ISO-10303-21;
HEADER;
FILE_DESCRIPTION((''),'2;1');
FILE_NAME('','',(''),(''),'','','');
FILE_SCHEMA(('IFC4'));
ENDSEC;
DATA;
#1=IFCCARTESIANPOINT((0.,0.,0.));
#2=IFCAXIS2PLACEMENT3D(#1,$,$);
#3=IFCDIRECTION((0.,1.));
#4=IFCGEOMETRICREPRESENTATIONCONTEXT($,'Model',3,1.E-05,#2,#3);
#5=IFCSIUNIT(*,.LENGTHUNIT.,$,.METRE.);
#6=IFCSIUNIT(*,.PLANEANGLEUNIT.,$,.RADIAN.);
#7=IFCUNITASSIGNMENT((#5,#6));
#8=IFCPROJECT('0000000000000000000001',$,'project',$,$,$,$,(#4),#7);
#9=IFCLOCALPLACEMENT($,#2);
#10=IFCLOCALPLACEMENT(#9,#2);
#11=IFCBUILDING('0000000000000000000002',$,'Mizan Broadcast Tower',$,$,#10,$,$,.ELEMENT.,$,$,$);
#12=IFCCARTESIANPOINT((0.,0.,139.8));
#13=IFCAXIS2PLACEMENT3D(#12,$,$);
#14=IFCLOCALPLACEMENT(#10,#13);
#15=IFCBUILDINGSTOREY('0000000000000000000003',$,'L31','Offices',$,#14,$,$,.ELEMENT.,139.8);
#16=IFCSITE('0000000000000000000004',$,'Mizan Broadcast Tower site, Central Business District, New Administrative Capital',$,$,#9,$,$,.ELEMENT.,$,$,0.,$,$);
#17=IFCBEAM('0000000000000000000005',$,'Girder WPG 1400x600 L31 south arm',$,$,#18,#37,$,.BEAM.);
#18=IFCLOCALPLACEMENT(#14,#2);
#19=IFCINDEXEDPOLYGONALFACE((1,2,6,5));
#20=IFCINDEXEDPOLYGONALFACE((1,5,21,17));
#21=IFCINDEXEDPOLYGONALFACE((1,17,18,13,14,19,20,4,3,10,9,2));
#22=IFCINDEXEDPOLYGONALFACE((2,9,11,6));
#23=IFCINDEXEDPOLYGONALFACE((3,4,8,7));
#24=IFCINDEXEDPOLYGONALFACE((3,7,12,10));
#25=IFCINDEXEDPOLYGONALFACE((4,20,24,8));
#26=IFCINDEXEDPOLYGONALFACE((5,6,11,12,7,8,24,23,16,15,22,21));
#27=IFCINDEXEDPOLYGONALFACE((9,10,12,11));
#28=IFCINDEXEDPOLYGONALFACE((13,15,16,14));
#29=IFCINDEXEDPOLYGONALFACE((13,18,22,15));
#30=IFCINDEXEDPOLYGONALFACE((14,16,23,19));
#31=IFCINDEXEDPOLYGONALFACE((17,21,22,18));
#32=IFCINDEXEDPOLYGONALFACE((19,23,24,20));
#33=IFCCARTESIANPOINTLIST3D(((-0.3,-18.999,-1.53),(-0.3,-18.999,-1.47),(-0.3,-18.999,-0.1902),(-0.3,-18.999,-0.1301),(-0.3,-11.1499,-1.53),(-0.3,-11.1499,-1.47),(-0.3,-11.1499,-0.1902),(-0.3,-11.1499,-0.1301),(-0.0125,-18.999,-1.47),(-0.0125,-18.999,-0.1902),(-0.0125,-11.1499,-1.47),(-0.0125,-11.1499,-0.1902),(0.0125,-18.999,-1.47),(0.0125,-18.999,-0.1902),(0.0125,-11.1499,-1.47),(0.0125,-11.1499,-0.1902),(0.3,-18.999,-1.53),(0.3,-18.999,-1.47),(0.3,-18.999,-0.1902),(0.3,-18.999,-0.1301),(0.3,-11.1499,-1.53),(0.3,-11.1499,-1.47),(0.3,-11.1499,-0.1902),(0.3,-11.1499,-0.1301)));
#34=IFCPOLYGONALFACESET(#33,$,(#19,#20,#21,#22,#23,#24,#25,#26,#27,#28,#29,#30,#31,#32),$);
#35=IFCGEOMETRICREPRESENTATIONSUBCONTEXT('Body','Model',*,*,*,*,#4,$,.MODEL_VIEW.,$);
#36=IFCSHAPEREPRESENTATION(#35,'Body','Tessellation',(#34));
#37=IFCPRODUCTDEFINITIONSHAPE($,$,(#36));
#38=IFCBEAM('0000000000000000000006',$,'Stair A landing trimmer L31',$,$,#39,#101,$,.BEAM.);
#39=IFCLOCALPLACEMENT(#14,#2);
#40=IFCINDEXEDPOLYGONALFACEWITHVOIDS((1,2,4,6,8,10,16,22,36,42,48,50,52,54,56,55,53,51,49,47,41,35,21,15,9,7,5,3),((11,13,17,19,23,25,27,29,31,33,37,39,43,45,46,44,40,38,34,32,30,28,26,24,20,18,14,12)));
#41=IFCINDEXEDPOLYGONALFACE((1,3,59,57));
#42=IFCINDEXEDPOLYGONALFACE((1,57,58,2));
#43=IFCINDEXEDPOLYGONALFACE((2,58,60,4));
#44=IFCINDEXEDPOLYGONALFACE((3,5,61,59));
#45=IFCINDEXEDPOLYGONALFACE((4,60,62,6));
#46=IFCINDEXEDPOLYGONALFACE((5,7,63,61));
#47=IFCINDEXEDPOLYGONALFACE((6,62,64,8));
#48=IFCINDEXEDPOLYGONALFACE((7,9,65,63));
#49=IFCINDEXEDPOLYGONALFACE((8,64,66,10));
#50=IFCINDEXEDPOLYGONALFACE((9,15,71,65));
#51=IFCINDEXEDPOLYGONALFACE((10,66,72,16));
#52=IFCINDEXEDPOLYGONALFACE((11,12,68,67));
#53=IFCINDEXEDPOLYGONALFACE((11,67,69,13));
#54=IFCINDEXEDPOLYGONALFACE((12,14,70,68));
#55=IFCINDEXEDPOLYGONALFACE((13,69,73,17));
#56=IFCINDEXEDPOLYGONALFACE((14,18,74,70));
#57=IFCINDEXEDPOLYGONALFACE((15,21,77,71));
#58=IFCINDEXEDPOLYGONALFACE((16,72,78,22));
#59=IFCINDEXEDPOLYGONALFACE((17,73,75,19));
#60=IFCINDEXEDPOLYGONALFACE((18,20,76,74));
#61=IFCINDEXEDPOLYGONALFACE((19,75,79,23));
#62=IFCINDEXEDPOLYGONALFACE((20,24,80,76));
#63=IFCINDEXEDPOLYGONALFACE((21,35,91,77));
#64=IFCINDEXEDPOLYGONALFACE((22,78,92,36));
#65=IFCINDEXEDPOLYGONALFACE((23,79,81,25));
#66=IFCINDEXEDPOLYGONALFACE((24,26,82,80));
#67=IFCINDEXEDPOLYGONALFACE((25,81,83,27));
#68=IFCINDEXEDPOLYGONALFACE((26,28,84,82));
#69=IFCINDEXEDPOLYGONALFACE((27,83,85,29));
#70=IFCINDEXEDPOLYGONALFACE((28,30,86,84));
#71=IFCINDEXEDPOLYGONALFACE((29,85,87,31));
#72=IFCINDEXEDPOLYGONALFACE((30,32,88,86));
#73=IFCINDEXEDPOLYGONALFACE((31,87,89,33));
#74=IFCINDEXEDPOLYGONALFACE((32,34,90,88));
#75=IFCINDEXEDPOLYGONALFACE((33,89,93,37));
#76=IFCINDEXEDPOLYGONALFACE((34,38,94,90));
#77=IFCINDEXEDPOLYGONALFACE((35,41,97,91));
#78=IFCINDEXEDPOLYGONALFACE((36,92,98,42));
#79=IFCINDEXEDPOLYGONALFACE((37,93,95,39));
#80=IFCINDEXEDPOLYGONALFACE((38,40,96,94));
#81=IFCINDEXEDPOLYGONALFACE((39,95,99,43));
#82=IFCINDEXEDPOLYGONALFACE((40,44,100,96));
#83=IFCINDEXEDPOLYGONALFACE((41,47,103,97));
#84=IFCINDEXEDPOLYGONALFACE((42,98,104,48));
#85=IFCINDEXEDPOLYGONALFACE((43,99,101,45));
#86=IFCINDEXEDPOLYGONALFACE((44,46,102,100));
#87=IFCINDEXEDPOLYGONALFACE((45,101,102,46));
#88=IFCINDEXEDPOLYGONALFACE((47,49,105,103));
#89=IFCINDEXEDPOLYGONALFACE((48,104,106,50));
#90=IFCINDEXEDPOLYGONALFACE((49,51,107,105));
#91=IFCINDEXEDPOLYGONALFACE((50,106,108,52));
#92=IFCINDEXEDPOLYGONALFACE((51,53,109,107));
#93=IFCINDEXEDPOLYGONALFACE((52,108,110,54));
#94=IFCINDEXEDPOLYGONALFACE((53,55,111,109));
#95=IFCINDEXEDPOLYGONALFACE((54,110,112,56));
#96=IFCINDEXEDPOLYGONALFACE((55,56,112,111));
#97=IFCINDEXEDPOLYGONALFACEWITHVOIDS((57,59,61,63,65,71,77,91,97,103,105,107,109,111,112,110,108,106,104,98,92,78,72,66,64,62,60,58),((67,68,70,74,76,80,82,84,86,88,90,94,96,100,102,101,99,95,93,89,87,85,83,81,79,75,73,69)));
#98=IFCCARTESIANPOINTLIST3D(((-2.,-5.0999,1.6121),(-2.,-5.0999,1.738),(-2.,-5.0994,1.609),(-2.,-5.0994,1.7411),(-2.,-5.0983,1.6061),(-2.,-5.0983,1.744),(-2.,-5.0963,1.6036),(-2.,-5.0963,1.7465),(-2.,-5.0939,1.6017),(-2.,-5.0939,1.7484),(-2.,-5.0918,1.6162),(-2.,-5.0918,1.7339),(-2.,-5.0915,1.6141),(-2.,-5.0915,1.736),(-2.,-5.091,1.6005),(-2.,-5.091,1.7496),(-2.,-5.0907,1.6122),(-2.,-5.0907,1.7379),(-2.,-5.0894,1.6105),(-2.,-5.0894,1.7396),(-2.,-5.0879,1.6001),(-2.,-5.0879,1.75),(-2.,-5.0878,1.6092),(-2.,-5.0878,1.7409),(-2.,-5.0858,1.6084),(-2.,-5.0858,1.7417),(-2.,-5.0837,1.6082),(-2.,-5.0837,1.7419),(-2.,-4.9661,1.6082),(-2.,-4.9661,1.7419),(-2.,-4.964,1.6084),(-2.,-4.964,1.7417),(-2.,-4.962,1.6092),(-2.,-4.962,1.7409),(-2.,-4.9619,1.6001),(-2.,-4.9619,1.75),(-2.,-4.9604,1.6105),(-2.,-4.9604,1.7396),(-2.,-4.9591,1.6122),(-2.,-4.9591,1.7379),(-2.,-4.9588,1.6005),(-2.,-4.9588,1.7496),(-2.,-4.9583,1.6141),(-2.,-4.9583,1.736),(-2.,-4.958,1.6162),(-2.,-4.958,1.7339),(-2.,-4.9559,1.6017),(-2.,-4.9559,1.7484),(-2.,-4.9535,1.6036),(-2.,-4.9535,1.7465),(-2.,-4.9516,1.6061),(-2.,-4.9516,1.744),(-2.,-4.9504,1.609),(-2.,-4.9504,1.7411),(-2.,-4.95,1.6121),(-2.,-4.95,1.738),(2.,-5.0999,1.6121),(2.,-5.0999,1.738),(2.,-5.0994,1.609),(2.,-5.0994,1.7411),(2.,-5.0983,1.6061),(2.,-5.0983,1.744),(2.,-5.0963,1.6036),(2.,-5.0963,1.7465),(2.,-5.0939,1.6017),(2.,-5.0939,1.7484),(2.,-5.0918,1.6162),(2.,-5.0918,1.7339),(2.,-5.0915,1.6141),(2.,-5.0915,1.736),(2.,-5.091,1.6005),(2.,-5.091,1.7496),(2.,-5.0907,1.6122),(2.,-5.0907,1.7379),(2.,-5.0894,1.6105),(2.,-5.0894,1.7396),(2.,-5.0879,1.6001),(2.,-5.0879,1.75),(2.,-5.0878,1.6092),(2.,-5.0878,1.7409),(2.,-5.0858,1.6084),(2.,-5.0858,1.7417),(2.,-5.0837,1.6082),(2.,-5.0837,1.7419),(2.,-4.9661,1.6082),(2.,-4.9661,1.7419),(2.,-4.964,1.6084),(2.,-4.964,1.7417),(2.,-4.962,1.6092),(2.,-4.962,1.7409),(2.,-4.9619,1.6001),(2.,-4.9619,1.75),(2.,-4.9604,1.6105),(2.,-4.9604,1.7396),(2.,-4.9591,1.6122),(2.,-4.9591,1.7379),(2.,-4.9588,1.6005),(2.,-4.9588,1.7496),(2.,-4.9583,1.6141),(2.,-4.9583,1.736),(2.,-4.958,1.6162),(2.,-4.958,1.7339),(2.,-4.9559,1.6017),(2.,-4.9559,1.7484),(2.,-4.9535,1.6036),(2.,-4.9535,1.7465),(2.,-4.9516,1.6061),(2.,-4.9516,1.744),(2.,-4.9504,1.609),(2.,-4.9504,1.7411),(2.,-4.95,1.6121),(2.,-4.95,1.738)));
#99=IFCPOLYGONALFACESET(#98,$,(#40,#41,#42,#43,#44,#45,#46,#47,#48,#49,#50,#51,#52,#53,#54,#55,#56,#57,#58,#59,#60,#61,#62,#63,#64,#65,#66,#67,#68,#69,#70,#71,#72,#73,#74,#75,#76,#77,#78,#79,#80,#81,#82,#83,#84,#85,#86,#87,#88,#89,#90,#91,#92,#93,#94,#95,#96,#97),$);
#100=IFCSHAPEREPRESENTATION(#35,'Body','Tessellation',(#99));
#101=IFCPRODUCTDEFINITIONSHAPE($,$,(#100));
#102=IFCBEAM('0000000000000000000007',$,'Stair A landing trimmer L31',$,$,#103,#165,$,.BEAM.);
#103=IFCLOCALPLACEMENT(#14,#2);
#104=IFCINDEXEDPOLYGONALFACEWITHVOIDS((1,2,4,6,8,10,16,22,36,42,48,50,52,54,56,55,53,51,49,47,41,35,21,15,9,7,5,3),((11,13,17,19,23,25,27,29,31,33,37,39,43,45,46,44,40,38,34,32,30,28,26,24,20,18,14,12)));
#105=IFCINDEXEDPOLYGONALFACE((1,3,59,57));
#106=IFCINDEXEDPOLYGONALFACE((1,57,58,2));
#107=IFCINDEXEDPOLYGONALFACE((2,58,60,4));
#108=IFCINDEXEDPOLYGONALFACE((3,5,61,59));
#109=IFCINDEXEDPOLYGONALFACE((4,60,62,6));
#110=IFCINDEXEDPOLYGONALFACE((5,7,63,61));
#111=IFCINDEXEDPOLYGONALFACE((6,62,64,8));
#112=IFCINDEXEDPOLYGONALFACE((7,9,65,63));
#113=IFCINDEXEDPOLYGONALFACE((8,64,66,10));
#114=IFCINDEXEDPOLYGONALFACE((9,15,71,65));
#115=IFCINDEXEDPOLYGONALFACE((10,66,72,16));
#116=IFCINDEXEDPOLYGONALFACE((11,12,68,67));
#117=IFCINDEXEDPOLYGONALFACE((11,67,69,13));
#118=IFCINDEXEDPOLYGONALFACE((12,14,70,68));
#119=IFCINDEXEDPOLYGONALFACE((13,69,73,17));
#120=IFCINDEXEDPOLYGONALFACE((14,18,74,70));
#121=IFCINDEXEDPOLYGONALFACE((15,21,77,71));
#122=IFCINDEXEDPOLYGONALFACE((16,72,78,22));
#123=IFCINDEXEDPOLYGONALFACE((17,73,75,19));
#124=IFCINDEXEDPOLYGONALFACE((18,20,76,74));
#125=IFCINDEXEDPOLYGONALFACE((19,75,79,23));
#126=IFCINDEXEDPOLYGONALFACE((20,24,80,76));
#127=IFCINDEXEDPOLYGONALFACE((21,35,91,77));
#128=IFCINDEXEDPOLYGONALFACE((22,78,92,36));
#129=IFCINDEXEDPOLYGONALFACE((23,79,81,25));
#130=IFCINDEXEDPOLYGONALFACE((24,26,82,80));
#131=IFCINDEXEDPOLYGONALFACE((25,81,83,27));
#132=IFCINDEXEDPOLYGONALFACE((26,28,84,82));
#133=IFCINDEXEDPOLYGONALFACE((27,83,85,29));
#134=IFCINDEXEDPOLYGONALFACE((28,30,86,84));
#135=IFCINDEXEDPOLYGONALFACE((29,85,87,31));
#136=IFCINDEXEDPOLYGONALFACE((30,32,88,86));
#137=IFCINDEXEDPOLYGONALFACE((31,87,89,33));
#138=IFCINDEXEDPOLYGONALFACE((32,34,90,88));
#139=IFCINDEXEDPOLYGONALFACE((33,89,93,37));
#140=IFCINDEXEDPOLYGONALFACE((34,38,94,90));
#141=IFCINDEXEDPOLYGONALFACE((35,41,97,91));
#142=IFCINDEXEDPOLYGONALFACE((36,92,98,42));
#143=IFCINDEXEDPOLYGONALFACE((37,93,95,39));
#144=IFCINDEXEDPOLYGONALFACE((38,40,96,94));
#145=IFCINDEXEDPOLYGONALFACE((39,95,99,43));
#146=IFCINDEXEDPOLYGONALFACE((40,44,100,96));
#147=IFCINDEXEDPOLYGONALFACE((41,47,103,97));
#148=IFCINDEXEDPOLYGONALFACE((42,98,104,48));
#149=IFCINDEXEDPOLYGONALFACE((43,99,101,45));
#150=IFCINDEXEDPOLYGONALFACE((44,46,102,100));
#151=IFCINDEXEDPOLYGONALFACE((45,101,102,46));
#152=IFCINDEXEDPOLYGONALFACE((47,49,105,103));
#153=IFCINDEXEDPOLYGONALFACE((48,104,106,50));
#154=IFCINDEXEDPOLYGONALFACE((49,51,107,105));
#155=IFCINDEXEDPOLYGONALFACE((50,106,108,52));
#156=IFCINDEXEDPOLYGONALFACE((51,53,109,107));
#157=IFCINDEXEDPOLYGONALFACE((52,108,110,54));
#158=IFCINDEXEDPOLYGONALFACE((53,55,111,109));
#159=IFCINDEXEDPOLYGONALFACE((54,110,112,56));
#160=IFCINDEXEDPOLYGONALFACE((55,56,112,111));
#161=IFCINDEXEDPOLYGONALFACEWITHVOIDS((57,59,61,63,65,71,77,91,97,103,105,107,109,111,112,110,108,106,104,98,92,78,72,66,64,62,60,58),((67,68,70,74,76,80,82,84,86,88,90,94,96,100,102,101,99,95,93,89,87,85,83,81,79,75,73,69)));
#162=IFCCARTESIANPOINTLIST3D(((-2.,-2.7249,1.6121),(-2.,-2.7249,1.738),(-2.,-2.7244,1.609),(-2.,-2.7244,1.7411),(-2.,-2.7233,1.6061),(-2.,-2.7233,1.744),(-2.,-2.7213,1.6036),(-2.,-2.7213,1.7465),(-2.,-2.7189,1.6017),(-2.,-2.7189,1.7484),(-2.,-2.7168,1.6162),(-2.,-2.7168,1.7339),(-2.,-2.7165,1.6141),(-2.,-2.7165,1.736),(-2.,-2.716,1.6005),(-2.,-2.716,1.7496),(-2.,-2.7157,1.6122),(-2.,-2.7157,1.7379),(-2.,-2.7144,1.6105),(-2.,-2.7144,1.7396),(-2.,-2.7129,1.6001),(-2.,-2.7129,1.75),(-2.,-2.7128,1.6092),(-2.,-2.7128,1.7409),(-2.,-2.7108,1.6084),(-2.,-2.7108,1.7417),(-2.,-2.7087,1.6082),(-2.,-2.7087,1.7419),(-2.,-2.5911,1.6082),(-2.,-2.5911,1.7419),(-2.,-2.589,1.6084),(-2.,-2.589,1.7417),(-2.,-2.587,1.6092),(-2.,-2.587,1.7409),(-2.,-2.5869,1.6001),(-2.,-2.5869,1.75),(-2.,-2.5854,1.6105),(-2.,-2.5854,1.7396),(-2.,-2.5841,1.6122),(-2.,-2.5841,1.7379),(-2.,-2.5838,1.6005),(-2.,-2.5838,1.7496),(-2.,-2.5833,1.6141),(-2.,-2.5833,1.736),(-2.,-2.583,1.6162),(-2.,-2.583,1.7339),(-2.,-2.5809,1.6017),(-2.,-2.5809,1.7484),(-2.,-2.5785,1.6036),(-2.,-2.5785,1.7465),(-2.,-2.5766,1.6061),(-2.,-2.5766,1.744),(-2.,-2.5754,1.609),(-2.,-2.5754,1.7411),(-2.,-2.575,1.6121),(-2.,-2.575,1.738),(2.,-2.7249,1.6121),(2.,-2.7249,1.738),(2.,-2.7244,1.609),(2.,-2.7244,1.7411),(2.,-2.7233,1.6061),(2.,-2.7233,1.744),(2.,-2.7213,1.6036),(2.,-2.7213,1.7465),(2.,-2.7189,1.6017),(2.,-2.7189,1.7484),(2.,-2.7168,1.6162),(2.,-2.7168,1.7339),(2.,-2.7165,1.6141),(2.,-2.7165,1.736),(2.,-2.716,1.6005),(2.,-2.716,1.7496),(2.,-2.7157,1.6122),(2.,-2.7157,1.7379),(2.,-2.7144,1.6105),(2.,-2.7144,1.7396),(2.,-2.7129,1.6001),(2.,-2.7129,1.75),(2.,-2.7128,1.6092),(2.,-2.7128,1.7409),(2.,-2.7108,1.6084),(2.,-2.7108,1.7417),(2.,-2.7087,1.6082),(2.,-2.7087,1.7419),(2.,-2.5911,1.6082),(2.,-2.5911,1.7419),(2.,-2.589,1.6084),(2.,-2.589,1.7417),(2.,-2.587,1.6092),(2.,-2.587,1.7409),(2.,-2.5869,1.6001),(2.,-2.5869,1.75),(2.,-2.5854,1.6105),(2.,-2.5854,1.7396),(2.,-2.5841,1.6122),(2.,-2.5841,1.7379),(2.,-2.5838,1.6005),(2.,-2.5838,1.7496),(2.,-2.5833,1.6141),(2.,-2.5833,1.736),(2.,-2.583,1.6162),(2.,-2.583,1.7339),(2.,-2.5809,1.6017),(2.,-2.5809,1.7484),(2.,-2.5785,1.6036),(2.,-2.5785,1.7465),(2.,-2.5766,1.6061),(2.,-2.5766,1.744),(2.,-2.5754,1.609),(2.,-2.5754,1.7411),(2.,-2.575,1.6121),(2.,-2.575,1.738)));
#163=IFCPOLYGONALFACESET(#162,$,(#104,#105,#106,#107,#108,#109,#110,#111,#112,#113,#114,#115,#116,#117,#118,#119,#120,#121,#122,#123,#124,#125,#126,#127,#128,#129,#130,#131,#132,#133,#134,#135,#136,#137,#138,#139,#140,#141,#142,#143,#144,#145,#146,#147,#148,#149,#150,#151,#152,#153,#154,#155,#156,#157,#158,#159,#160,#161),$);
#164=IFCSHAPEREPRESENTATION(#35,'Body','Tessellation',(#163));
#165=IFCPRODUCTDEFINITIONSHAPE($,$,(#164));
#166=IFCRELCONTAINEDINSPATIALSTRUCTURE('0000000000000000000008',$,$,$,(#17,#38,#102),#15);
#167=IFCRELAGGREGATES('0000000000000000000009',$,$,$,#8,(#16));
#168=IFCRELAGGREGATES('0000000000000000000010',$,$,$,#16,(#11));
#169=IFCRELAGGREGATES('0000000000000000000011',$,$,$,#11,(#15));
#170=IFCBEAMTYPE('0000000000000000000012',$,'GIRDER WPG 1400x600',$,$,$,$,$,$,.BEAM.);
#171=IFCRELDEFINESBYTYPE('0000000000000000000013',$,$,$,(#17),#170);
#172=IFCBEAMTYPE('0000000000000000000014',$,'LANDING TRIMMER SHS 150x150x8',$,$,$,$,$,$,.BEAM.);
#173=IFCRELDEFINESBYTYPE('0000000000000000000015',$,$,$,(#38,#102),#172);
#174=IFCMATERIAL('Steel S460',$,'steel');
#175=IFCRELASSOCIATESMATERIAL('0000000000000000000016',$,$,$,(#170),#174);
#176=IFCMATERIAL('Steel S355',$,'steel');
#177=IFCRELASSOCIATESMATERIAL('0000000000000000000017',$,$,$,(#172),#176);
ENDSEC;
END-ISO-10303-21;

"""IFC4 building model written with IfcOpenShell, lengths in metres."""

from ifc_helpers import new_model, si_unit, direction, frame, origin, origin_2d, place, context, subcontext, project, spatial, hollow_rectangle, i_section, extrude, material, material_profile, profile_set, type_object, element, save


model = new_model("IFC4")

# Units and contexts
model_context = context("Model", 3, precision=1e-05, world=origin(), true_north=direction((0.0, 1.0)))
body_context = subcontext(model_context, "Body", "Model", "MODEL_VIEW")
ifc_project = project(units=[si_unit("LENGTHUNIT", "METRE"), si_unit("PLANEANGLEUNIT", "RADIAN")], contexts=[model_context])

# Site, building, storey
site_placement = place(None, origin())
site = spatial("IfcSite", under=ifc_project, at=site_placement, Name="Mizan Broadcast Tower site, Central Business District, New Administrative Capital", CompositionType="ELEMENT", RefElevation=0.0)
building_placement = place(site_placement, origin())
building = spatial("IfcBuilding", under=site, at=building_placement, Name="Mizan Broadcast Tower", CompositionType="ELEMENT")
storey_placement = place(building_placement, frame((0.0, 0.0, 139.8)))
storey = spatial("IfcBuildingStorey", under=building, at=storey_placement, Name="L31", Description="Offices", CompositionType="ELEMENT", Elevation=139.8)

# Beams
ifc_material_1 = material(Name="Steel S460", Category="steel")
ifc_material_profile_1 = material_profile(ifc_material_1, i_section(OverallWidth=0.6001, OverallDepth=1.3999, WebThickness=0.0249, FlangeThickness=0.0601, at=origin_2d()), Name="WPG 1400x600")
ifc_profile_set_1 = profile_set([ifc_material_profile_1], Name="Steel S460")
beam_type_1 = type_object("IfcBeamType", Name="GIRDER WPG 1400x600", PredefinedType="BEAM", material=ifc_profile_set_1)
beam_placement = place(storey_placement, frame((0.0, -11.1499, -0.8301), z_axis=(0.0, -1.0, 0.0), x_axis=(1.0, 0.0, 0.0)))
element("IfcBeam", 1, at=beam_placement, inside=storey, type_object=beam_type_1, Name="Girder WPG 1400x600 L31 south arm", PredefinedType="BEAM", context=body_context, shape_type="SweptSolid", body=[
    extrude(i_section(OverallWidth=0.6001, OverallDepth=1.3999, WebThickness=0.0249, FlangeThickness=0.0601, at=origin_2d()), origin(), (0.0, 0.0, 1.0), 7.8491),
])
ifc_material_2 = material(Name="Steel S355", Category="steel")
ifc_material_profile_2 = material_profile(ifc_material_2, hollow_rectangle(XDim=0.1499, YDim=0.1499, WallThickness=0.0081, InnerFilletRadius=0.0081, OuterFilletRadius=0.012, at=origin_2d()), Name="SHS 150x150x8")
ifc_profile_set_2 = profile_set([ifc_material_profile_2], Name="Steel S355")
beam_type_2 = type_object("IfcBeamType", Name="LANDING TRIMMER SHS 150x150x8", PredefinedType="BEAM", material=ifc_profile_set_2)
for number, where, z_axis, x_axis, name in (
    (2, (-2.0, -5.0249, 1.675), (1.0, 0.0, 0.0), (0.0, 1.0, 0.0), "Stair A landing trimmer L31"),
    (3, (-2.0, -2.6499, 1.675), (1.0, 0.0, 0.0), (0.0, 1.0, 0.0), "Stair A landing trimmer L31"),
):
    element("IfcBeam", number, at=place(storey_placement, frame(where, z_axis=z_axis, x_axis=x_axis)), inside=storey, type_object=beam_type_2, Name=name, PredefinedType="BEAM", context=body_context, shape_type="SweptSolid", body=[
        extrude(hollow_rectangle(XDim=0.1499, YDim=0.1499, WallThickness=0.0081, InnerFilletRadius=0.0081, OuterFilletRadius=0.012, at=origin_2d()), origin(), (0.0, 0.0, 1.0), 4.0),
    ])

save(model, "model.ifc")
